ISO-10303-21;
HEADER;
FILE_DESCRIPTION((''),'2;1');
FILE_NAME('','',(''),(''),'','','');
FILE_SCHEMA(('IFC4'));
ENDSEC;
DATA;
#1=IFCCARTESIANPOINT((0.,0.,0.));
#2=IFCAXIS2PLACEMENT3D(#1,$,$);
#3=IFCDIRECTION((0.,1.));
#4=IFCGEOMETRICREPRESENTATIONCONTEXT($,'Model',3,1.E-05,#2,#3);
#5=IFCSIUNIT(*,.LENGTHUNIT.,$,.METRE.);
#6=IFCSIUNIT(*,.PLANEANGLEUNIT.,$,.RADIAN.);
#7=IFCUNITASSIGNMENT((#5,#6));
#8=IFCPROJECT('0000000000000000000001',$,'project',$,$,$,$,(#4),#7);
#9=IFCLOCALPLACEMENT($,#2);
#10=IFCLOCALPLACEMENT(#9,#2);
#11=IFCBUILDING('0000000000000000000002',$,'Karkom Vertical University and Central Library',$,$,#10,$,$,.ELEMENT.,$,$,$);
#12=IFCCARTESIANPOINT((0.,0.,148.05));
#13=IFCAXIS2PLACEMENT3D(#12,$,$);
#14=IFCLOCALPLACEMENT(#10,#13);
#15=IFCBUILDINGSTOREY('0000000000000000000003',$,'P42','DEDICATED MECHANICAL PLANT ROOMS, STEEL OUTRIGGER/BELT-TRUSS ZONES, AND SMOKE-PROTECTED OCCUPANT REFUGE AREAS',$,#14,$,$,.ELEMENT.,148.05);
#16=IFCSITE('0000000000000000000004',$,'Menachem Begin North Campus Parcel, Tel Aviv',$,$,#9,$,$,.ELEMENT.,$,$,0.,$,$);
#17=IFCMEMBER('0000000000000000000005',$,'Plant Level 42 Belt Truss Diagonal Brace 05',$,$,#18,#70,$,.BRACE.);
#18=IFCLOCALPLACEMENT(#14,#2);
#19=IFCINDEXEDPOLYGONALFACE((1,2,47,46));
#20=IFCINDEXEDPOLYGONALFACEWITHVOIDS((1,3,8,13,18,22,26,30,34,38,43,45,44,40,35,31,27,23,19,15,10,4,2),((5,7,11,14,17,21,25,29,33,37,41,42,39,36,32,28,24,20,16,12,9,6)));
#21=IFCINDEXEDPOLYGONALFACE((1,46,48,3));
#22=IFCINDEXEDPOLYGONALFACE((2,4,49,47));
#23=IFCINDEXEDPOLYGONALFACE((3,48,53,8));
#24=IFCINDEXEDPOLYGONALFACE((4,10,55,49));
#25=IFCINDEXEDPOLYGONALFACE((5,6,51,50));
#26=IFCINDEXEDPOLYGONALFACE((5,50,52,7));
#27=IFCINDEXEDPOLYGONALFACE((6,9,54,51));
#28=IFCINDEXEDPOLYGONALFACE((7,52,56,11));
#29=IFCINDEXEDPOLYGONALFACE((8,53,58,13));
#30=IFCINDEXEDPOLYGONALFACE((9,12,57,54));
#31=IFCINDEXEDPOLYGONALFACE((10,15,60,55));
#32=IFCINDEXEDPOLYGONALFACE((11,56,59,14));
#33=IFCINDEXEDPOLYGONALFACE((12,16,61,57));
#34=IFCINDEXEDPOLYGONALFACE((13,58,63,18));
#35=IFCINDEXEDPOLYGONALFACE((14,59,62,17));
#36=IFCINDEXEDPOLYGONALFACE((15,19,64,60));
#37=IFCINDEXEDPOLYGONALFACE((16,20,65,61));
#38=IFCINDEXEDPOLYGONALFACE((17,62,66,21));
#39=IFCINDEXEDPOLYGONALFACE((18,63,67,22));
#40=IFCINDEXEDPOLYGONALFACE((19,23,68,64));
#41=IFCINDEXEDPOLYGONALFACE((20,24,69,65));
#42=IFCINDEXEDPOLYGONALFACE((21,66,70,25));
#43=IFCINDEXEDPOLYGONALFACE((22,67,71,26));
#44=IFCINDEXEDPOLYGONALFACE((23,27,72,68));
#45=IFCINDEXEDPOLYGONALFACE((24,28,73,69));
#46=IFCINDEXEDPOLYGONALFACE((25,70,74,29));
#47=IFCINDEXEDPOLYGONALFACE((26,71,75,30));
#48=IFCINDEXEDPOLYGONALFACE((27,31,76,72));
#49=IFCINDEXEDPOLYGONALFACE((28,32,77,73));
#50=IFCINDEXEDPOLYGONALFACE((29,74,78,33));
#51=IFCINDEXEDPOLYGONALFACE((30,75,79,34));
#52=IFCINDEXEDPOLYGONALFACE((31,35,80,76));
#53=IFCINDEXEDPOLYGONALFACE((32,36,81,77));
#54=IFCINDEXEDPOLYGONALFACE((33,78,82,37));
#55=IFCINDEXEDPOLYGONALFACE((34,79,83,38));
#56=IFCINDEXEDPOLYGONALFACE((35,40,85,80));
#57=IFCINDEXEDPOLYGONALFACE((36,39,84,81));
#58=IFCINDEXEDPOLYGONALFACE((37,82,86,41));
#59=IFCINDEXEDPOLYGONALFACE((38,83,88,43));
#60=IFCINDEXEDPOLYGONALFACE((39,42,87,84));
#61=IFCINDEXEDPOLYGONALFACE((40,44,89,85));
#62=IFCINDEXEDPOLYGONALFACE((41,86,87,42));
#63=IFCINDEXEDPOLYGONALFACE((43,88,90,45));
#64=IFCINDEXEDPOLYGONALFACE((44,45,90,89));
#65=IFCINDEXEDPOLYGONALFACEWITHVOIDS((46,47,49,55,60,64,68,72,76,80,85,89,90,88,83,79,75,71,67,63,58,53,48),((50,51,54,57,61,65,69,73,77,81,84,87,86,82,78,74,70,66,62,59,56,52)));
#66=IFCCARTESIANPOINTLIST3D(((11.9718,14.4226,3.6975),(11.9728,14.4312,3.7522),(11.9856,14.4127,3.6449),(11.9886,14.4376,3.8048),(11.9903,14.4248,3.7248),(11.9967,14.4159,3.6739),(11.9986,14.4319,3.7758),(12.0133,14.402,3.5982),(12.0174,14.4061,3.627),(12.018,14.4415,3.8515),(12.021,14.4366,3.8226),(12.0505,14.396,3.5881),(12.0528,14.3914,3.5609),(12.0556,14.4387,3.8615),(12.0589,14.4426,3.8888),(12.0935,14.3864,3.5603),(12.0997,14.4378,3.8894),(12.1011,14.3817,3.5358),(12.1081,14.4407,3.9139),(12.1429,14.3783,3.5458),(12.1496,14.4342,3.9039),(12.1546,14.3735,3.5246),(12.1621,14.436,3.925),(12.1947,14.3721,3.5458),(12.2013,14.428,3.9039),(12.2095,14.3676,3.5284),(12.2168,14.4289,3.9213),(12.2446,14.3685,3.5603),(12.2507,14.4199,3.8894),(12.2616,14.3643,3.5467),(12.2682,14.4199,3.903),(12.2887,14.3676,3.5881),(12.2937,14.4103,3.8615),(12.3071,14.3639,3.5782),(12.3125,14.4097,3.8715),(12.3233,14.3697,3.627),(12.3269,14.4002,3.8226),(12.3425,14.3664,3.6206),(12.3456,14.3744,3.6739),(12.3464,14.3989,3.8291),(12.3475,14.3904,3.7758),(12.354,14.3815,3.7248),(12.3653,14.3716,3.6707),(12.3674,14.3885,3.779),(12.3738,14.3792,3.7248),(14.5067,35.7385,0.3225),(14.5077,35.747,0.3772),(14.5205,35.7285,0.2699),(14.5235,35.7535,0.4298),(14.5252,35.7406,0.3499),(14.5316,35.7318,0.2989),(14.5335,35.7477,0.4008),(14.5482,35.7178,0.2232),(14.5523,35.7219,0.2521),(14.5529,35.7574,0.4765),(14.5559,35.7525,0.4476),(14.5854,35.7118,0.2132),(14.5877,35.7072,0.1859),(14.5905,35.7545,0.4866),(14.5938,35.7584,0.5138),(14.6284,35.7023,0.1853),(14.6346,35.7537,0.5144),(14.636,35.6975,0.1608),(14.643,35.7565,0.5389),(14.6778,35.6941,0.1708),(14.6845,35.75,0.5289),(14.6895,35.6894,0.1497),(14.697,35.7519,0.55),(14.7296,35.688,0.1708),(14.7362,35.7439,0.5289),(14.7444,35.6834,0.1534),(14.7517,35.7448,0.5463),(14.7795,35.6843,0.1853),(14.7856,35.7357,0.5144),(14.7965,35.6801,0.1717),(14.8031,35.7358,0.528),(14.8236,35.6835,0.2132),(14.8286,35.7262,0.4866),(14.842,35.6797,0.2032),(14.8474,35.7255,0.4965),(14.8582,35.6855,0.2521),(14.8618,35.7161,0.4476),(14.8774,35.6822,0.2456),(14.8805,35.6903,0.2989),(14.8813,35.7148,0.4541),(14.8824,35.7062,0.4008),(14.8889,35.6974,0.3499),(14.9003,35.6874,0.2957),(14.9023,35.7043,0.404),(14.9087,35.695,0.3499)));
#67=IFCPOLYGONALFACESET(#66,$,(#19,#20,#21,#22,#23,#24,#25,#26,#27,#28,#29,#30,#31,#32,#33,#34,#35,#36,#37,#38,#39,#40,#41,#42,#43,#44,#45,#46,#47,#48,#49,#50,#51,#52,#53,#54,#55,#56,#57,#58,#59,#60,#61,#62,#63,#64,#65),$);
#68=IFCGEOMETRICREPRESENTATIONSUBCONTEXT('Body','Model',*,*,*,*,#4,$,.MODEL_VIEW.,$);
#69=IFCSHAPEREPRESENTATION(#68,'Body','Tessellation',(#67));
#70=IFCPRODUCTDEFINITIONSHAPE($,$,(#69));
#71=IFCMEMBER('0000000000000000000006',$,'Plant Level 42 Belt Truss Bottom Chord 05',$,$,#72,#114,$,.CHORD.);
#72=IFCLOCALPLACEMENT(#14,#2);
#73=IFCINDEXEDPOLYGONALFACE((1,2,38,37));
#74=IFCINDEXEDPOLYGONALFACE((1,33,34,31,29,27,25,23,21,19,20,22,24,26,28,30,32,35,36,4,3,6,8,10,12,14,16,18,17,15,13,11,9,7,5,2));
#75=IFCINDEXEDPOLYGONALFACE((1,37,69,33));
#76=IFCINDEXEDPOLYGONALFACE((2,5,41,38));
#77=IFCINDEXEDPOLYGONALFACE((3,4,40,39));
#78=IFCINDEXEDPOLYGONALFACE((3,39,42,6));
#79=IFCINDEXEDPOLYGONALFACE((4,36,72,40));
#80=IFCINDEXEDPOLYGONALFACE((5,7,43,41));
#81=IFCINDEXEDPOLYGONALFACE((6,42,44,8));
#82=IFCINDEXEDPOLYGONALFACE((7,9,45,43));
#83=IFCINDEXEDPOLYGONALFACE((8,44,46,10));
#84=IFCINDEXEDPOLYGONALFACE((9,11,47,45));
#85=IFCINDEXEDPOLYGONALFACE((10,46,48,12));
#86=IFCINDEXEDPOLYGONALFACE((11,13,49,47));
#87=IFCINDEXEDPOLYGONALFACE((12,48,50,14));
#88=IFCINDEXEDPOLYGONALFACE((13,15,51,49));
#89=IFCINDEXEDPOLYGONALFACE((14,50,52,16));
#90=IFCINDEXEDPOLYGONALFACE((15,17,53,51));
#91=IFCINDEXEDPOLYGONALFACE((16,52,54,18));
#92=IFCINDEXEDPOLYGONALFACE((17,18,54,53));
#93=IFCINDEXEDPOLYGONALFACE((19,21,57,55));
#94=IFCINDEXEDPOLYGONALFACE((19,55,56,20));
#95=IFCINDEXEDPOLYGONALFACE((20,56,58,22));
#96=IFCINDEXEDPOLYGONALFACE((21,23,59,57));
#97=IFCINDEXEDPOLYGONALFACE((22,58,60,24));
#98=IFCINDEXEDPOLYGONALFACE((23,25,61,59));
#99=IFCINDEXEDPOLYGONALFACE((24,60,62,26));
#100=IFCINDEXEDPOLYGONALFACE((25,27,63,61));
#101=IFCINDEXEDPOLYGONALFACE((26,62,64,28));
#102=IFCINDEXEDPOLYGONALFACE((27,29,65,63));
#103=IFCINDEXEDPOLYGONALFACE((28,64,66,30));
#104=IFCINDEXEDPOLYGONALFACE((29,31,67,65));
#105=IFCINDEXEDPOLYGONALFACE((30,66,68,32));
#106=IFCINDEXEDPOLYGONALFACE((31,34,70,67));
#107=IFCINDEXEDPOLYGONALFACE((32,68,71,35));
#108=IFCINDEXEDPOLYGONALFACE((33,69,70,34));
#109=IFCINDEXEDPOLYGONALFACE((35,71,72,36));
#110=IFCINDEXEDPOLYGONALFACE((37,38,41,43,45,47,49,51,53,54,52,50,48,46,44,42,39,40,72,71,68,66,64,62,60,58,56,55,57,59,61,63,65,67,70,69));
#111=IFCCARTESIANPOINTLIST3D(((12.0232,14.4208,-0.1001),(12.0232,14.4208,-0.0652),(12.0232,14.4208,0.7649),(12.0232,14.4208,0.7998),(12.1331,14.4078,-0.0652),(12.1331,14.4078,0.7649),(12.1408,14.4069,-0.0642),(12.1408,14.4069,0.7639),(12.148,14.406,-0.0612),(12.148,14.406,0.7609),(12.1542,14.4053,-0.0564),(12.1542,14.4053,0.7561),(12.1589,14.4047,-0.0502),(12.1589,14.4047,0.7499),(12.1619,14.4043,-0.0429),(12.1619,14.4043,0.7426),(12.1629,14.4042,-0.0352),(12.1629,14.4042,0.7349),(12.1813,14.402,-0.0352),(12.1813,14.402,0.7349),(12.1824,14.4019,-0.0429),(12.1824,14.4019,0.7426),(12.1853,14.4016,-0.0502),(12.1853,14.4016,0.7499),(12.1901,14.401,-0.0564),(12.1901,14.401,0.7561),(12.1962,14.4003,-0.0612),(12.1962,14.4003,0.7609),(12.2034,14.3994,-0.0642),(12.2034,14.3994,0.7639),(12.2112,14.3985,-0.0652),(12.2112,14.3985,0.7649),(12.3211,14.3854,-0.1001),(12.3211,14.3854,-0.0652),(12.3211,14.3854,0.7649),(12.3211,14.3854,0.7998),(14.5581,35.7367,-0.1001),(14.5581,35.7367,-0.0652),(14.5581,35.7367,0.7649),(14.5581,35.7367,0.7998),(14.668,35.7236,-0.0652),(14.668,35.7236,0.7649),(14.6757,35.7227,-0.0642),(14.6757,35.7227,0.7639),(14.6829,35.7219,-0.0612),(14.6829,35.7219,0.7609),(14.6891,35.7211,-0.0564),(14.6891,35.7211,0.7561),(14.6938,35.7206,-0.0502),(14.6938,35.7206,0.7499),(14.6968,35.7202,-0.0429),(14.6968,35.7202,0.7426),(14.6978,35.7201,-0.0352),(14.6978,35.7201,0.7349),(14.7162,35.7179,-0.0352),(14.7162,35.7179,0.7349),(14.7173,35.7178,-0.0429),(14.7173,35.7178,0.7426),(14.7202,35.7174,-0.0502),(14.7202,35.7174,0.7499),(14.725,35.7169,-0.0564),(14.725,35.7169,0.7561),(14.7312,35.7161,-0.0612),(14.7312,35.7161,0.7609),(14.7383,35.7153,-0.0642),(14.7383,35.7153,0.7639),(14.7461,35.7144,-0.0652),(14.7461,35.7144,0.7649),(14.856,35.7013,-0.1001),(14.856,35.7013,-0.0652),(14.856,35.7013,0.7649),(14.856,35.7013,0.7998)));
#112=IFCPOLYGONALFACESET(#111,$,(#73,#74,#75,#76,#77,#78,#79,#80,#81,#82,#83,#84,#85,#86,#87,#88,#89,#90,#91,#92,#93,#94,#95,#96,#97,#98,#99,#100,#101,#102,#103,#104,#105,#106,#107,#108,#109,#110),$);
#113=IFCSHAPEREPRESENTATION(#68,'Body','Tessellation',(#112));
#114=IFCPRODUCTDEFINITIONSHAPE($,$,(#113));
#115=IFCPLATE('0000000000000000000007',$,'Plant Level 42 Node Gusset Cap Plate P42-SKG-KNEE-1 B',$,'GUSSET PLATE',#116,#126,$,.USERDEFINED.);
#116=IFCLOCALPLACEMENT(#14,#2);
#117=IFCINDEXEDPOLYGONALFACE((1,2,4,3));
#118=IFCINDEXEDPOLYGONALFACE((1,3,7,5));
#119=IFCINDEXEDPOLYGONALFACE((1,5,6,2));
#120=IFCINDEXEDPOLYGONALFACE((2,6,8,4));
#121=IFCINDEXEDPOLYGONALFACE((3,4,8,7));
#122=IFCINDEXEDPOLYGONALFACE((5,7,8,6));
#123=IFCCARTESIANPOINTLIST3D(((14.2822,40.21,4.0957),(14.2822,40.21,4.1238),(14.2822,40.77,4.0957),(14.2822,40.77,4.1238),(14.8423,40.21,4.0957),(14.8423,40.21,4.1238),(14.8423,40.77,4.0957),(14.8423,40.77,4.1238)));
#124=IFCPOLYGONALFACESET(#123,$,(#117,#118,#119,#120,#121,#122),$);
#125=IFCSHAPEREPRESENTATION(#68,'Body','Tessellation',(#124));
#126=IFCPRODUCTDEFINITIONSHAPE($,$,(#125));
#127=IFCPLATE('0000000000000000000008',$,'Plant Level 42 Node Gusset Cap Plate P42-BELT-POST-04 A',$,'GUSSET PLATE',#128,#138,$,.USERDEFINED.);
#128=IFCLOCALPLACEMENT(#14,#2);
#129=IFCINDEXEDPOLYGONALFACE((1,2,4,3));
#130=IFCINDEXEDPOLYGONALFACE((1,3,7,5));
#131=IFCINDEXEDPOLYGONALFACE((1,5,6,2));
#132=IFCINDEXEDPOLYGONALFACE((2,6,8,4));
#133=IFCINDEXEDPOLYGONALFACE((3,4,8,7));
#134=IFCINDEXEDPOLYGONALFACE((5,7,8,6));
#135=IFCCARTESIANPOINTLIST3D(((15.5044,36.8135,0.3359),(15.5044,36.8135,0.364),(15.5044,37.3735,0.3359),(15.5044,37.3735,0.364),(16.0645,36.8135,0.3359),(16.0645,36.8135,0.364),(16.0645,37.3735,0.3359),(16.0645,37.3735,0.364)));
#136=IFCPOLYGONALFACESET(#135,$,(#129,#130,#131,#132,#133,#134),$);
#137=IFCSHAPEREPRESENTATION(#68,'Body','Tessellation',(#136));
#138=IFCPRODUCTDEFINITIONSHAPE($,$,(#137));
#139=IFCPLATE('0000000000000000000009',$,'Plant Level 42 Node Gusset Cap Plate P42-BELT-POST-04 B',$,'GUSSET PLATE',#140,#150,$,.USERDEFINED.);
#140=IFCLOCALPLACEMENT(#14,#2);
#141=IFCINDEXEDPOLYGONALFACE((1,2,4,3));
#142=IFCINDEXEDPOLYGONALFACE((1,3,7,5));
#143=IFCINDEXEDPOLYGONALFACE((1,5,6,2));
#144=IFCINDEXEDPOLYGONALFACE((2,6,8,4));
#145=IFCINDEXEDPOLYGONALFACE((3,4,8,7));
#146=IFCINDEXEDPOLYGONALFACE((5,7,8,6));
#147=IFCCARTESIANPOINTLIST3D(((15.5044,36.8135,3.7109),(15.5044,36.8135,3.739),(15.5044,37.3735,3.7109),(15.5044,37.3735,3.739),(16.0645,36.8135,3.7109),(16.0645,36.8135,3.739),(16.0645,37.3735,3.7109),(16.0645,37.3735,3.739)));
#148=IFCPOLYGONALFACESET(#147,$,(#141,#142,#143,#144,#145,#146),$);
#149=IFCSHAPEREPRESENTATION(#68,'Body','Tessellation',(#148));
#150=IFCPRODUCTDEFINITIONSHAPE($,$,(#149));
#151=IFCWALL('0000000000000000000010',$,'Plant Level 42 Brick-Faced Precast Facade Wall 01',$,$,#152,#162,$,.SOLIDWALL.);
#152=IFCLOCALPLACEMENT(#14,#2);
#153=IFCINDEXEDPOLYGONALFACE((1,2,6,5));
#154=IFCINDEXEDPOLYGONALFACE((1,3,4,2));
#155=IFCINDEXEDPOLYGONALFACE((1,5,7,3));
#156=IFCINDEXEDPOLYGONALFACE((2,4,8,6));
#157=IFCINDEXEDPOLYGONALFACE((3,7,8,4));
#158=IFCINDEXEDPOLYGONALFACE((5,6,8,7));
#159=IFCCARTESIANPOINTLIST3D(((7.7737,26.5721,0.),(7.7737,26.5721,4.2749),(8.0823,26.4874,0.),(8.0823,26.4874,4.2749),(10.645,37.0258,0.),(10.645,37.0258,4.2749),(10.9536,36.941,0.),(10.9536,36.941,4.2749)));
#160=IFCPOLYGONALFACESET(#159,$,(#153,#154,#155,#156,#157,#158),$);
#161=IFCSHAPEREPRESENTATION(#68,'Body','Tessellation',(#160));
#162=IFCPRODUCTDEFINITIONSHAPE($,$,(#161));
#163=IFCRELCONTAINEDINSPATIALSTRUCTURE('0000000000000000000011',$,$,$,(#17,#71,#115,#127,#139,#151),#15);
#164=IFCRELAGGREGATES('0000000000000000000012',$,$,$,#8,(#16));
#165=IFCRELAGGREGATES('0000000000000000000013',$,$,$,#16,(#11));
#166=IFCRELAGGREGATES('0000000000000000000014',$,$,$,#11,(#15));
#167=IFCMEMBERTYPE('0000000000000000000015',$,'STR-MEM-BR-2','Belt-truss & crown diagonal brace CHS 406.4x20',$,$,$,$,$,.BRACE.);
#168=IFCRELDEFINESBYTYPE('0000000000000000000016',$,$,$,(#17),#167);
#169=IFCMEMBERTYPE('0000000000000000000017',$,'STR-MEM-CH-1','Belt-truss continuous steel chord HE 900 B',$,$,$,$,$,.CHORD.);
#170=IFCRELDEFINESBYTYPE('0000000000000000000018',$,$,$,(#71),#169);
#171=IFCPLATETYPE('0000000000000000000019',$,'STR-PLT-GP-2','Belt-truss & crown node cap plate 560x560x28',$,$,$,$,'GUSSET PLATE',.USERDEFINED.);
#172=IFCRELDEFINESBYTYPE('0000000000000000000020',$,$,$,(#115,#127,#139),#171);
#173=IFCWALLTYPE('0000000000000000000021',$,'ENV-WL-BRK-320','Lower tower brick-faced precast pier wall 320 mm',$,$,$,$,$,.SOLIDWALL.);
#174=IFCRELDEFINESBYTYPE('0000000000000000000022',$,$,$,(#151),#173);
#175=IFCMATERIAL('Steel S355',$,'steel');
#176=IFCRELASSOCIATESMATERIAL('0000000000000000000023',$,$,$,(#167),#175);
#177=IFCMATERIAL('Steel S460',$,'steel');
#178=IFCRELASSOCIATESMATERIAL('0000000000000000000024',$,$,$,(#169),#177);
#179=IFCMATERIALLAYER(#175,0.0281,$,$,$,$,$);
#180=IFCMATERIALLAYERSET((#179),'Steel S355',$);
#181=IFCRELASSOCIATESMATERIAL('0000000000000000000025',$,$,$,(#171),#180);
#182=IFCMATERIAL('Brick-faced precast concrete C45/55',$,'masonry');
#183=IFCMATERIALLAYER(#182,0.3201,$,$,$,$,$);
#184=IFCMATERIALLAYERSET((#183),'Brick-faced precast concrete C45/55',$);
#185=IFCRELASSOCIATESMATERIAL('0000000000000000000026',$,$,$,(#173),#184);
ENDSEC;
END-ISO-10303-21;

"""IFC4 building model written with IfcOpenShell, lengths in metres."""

from ifc_helpers import new_model, si_unit, direction, frame, frame_2d, origin, origin_with_axes, origin_2d, place, context, subcontext, project, spatial, rectangle, hollow_circle, i_section, extrude, source, transform, mapped, material, layer, layer_set, material_profile, profile_set, type_object, element, save


model = new_model("IFC4")

# Units and contexts
model_context = context("Model", 3, precision=1e-05, world=origin(), true_north=direction((0.0, 1.0)))
body_context = subcontext(model_context, "Body", "Model", "MODEL_VIEW")
ifc_project = project(units=[si_unit("LENGTHUNIT", "METRE"), si_unit("PLANEANGLEUNIT", "RADIAN")], contexts=[model_context])

# Site, building, storey
site_placement = place(None, origin())
site = spatial("IfcSite", under=ifc_project, at=site_placement, Name="Menachem Begin North Campus Parcel, Tel Aviv", CompositionType="ELEMENT", RefElevation=0.0)
building_placement = place(site_placement, origin())
building = spatial("IfcBuilding", under=site, at=building_placement, Name="Karkom Vertical University and Central Library", CompositionType="ELEMENT")
storey_placement = place(building_placement, frame((0.0, 0.0, 148.05)))
storey = spatial("IfcBuildingStorey", under=building, at=storey_placement, Name="P42", Description="DEDICATED MECHANICAL PLANT ROOMS, STEEL OUTRIGGER/BELT-TRUSS ZONES, AND SMOKE-PROTECTED OCCUPANT REFUGE AREAS", CompositionType="ELEMENT", Elevation=148.05)

# Shared definitions
ifc_material_1 = material(Name="Steel S355", Category="steel")

# Shared definitions
ifc_material_2 = material(Name="Steel S460", Category="steel")

# Members
ifc_material_profile_1 = material_profile(ifc_material_1, hollow_circle(Radius=0.2031, WallThickness=0.02, at=origin_2d()), Name="CHS 406.4x20")
ifc_profile_set_1 = profile_set([ifc_material_profile_1], Name="Steel S355")
member_type_1 = type_object("IfcMemberType", Name="STR-MEM-BR-2", Description="Belt-truss & crown diagonal brace CHS 406.4x20", PredefinedType="BRACE", material=ifc_profile_set_1)
shared_shape_1 = source(origin_with_axes(), body_context, "Body", "SweptSolid", [
    extrude(hollow_circle(Radius=0.2031, WallThickness=0.02, at=origin_2d()), origin(), (0.0, 0.0, 1.0), 21.7297),
])
member_1_placement = place(storey_placement, frame((14.707, 35.719, 0.3499), z_axis=(-0.116656, -0.980953, 0.155317), x_axis=(0.993003, -0.118089, 0.0)))
element("IfcMember", 1, at=member_1_placement, inside=storey, type_object=member_type_1, Name="Plant Level 42 Belt Truss Diagonal Brace 05", PredefinedType="BRACE", context=body_context, shape_type="MappedRepresentation", body=[
    mapped(shared_shape_1, transform((0.0, 0.0, 0.0), scale=1.0)),
])
ifc_material_profile_2 = material_profile(ifc_material_2, i_section(OverallWidth=0.3, OverallDepth=0.8999, WebThickness=0.0186, FlangeThickness=0.0349, FilletRadius=0.03, at=origin_2d()), Name="HE 900 B")
ifc_profile_set_2 = profile_set([ifc_material_profile_2], Name="Steel S460")
member_type_2 = type_object("IfcMemberType", Name="STR-MEM-CH-1", Description="Belt-truss continuous steel chord HE 900 B", PredefinedType="CHORD", material=ifc_profile_set_2)
shared_shape_2 = source(origin_with_axes(), body_context, "Body", "SweptSolid", [
    extrude(i_section(OverallWidth=0.3, OverallDepth=0.8999, WebThickness=0.0186, FlangeThickness=0.0349, FilletRadius=0.03, at=origin_2d()), origin(), (0.0, 0.0, 1.0), 21.4661),
])
member_2_placement = place(storey_placement, frame((14.707, 35.719, 0.3499), z_axis=(-0.118089, -0.993003, 0.0), x_axis=(0.993003, -0.118089, 0.0)))
element("IfcMember", 2, at=member_2_placement, inside=storey, type_object=member_type_2, Name="Plant Level 42 Belt Truss Bottom Chord 05", PredefinedType="CHORD", context=body_context, shape_type="MappedRepresentation", body=[
    mapped(shared_shape_2, transform((0.0, 0.0, 0.0), scale=1.0)),
])

# Plates
ifc_layer_1 = layer(ifc_material_1, 0.0281)
ifc_layer_set_1 = layer_set([ifc_layer_1], Name="Steel S355")
plate_type = type_object("IfcPlateType", Name="STR-PLT-GP-2", Description="Belt-truss & crown node cap plate 560x560x28", ElementType="GUSSET PLATE", PredefinedType="USERDEFINED", material=ifc_layer_set_1)
shared_shape_3 = source(origin_with_axes(), body_context, "Body", "SweptSolid", [
    extrude(rectangle(XDim=0.5601, YDim=0.5601, at=origin_2d()), origin(), (0.0, 0.0, 1.0), 0.0281),
])
for number, where, z_axis, x_axis, name in (
    (3, (14.5623, 40.49, 4.0957), (0.0, 0.0, 1.0), (1.0, 0.0, 0.0), "Plant Level 42 Node Gusset Cap Plate P42-SKG-KNEE-1 B"),
    (4, (15.7844, 37.0935, 0.3359), (0.0, 0.0, 1.0), (1.0, 0.0, 0.0), "Plant Level 42 Node Gusset Cap Plate P42-BELT-POST-04 A"),
    (5, (15.7844, 37.0935, 3.7109), (0.0, 0.0, 1.0), (1.0, 0.0, 0.0), "Plant Level 42 Node Gusset Cap Plate P42-BELT-POST-04 B"),
):
    element("IfcPlate", number, at=place(storey_placement, frame(where, z_axis=z_axis, x_axis=x_axis)), inside=storey, type_object=plate_type, Name=name, ObjectType="GUSSET PLATE", PredefinedType="USERDEFINED", context=body_context, shape_type="MappedRepresentation", body=[
        mapped(shared_shape_3, transform((0.0, 0.0, 0.0), scale=1.0)),
    ])

# Wall
ifc_material_3 = material(Name="Brick-faced precast concrete C45/55", Category="masonry")
ifc_layer_2 = layer(ifc_material_3, 0.3201)
ifc_layer_set_2 = layer_set([ifc_layer_2], Name="Brick-faced precast concrete C45/55")
wall_type_1 = type_object("IfcWallType", Name="ENV-WL-BRK-320", Description="Lower tower brick-faced precast pier wall 320 mm", PredefinedType="SOLIDWALL", material=ifc_layer_set_2)
wall_1_placement = place(storey_placement, frame((10.7993, 36.9834, 0.0), z_axis=(0.0, 0.0, 1.0), x_axis=(-0.264864, -0.964286, 0.0)))
element("IfcWall", 6, at=wall_1_placement, inside=storey, type_object=wall_type_1, Name="Plant Level 42 Brick-Faced Precast Facade Wall 01", PredefinedType="SOLIDWALL", context=body_context, shape_type="SweptSolid", body=[
    extrude(rectangle(XDim=10.8408, YDim=0.3201, at=frame_2d((5.4204, 0.0))), origin(), (0.0, 0.0, 1.0), 4.2749),
])

save(model, "model.ifc")
